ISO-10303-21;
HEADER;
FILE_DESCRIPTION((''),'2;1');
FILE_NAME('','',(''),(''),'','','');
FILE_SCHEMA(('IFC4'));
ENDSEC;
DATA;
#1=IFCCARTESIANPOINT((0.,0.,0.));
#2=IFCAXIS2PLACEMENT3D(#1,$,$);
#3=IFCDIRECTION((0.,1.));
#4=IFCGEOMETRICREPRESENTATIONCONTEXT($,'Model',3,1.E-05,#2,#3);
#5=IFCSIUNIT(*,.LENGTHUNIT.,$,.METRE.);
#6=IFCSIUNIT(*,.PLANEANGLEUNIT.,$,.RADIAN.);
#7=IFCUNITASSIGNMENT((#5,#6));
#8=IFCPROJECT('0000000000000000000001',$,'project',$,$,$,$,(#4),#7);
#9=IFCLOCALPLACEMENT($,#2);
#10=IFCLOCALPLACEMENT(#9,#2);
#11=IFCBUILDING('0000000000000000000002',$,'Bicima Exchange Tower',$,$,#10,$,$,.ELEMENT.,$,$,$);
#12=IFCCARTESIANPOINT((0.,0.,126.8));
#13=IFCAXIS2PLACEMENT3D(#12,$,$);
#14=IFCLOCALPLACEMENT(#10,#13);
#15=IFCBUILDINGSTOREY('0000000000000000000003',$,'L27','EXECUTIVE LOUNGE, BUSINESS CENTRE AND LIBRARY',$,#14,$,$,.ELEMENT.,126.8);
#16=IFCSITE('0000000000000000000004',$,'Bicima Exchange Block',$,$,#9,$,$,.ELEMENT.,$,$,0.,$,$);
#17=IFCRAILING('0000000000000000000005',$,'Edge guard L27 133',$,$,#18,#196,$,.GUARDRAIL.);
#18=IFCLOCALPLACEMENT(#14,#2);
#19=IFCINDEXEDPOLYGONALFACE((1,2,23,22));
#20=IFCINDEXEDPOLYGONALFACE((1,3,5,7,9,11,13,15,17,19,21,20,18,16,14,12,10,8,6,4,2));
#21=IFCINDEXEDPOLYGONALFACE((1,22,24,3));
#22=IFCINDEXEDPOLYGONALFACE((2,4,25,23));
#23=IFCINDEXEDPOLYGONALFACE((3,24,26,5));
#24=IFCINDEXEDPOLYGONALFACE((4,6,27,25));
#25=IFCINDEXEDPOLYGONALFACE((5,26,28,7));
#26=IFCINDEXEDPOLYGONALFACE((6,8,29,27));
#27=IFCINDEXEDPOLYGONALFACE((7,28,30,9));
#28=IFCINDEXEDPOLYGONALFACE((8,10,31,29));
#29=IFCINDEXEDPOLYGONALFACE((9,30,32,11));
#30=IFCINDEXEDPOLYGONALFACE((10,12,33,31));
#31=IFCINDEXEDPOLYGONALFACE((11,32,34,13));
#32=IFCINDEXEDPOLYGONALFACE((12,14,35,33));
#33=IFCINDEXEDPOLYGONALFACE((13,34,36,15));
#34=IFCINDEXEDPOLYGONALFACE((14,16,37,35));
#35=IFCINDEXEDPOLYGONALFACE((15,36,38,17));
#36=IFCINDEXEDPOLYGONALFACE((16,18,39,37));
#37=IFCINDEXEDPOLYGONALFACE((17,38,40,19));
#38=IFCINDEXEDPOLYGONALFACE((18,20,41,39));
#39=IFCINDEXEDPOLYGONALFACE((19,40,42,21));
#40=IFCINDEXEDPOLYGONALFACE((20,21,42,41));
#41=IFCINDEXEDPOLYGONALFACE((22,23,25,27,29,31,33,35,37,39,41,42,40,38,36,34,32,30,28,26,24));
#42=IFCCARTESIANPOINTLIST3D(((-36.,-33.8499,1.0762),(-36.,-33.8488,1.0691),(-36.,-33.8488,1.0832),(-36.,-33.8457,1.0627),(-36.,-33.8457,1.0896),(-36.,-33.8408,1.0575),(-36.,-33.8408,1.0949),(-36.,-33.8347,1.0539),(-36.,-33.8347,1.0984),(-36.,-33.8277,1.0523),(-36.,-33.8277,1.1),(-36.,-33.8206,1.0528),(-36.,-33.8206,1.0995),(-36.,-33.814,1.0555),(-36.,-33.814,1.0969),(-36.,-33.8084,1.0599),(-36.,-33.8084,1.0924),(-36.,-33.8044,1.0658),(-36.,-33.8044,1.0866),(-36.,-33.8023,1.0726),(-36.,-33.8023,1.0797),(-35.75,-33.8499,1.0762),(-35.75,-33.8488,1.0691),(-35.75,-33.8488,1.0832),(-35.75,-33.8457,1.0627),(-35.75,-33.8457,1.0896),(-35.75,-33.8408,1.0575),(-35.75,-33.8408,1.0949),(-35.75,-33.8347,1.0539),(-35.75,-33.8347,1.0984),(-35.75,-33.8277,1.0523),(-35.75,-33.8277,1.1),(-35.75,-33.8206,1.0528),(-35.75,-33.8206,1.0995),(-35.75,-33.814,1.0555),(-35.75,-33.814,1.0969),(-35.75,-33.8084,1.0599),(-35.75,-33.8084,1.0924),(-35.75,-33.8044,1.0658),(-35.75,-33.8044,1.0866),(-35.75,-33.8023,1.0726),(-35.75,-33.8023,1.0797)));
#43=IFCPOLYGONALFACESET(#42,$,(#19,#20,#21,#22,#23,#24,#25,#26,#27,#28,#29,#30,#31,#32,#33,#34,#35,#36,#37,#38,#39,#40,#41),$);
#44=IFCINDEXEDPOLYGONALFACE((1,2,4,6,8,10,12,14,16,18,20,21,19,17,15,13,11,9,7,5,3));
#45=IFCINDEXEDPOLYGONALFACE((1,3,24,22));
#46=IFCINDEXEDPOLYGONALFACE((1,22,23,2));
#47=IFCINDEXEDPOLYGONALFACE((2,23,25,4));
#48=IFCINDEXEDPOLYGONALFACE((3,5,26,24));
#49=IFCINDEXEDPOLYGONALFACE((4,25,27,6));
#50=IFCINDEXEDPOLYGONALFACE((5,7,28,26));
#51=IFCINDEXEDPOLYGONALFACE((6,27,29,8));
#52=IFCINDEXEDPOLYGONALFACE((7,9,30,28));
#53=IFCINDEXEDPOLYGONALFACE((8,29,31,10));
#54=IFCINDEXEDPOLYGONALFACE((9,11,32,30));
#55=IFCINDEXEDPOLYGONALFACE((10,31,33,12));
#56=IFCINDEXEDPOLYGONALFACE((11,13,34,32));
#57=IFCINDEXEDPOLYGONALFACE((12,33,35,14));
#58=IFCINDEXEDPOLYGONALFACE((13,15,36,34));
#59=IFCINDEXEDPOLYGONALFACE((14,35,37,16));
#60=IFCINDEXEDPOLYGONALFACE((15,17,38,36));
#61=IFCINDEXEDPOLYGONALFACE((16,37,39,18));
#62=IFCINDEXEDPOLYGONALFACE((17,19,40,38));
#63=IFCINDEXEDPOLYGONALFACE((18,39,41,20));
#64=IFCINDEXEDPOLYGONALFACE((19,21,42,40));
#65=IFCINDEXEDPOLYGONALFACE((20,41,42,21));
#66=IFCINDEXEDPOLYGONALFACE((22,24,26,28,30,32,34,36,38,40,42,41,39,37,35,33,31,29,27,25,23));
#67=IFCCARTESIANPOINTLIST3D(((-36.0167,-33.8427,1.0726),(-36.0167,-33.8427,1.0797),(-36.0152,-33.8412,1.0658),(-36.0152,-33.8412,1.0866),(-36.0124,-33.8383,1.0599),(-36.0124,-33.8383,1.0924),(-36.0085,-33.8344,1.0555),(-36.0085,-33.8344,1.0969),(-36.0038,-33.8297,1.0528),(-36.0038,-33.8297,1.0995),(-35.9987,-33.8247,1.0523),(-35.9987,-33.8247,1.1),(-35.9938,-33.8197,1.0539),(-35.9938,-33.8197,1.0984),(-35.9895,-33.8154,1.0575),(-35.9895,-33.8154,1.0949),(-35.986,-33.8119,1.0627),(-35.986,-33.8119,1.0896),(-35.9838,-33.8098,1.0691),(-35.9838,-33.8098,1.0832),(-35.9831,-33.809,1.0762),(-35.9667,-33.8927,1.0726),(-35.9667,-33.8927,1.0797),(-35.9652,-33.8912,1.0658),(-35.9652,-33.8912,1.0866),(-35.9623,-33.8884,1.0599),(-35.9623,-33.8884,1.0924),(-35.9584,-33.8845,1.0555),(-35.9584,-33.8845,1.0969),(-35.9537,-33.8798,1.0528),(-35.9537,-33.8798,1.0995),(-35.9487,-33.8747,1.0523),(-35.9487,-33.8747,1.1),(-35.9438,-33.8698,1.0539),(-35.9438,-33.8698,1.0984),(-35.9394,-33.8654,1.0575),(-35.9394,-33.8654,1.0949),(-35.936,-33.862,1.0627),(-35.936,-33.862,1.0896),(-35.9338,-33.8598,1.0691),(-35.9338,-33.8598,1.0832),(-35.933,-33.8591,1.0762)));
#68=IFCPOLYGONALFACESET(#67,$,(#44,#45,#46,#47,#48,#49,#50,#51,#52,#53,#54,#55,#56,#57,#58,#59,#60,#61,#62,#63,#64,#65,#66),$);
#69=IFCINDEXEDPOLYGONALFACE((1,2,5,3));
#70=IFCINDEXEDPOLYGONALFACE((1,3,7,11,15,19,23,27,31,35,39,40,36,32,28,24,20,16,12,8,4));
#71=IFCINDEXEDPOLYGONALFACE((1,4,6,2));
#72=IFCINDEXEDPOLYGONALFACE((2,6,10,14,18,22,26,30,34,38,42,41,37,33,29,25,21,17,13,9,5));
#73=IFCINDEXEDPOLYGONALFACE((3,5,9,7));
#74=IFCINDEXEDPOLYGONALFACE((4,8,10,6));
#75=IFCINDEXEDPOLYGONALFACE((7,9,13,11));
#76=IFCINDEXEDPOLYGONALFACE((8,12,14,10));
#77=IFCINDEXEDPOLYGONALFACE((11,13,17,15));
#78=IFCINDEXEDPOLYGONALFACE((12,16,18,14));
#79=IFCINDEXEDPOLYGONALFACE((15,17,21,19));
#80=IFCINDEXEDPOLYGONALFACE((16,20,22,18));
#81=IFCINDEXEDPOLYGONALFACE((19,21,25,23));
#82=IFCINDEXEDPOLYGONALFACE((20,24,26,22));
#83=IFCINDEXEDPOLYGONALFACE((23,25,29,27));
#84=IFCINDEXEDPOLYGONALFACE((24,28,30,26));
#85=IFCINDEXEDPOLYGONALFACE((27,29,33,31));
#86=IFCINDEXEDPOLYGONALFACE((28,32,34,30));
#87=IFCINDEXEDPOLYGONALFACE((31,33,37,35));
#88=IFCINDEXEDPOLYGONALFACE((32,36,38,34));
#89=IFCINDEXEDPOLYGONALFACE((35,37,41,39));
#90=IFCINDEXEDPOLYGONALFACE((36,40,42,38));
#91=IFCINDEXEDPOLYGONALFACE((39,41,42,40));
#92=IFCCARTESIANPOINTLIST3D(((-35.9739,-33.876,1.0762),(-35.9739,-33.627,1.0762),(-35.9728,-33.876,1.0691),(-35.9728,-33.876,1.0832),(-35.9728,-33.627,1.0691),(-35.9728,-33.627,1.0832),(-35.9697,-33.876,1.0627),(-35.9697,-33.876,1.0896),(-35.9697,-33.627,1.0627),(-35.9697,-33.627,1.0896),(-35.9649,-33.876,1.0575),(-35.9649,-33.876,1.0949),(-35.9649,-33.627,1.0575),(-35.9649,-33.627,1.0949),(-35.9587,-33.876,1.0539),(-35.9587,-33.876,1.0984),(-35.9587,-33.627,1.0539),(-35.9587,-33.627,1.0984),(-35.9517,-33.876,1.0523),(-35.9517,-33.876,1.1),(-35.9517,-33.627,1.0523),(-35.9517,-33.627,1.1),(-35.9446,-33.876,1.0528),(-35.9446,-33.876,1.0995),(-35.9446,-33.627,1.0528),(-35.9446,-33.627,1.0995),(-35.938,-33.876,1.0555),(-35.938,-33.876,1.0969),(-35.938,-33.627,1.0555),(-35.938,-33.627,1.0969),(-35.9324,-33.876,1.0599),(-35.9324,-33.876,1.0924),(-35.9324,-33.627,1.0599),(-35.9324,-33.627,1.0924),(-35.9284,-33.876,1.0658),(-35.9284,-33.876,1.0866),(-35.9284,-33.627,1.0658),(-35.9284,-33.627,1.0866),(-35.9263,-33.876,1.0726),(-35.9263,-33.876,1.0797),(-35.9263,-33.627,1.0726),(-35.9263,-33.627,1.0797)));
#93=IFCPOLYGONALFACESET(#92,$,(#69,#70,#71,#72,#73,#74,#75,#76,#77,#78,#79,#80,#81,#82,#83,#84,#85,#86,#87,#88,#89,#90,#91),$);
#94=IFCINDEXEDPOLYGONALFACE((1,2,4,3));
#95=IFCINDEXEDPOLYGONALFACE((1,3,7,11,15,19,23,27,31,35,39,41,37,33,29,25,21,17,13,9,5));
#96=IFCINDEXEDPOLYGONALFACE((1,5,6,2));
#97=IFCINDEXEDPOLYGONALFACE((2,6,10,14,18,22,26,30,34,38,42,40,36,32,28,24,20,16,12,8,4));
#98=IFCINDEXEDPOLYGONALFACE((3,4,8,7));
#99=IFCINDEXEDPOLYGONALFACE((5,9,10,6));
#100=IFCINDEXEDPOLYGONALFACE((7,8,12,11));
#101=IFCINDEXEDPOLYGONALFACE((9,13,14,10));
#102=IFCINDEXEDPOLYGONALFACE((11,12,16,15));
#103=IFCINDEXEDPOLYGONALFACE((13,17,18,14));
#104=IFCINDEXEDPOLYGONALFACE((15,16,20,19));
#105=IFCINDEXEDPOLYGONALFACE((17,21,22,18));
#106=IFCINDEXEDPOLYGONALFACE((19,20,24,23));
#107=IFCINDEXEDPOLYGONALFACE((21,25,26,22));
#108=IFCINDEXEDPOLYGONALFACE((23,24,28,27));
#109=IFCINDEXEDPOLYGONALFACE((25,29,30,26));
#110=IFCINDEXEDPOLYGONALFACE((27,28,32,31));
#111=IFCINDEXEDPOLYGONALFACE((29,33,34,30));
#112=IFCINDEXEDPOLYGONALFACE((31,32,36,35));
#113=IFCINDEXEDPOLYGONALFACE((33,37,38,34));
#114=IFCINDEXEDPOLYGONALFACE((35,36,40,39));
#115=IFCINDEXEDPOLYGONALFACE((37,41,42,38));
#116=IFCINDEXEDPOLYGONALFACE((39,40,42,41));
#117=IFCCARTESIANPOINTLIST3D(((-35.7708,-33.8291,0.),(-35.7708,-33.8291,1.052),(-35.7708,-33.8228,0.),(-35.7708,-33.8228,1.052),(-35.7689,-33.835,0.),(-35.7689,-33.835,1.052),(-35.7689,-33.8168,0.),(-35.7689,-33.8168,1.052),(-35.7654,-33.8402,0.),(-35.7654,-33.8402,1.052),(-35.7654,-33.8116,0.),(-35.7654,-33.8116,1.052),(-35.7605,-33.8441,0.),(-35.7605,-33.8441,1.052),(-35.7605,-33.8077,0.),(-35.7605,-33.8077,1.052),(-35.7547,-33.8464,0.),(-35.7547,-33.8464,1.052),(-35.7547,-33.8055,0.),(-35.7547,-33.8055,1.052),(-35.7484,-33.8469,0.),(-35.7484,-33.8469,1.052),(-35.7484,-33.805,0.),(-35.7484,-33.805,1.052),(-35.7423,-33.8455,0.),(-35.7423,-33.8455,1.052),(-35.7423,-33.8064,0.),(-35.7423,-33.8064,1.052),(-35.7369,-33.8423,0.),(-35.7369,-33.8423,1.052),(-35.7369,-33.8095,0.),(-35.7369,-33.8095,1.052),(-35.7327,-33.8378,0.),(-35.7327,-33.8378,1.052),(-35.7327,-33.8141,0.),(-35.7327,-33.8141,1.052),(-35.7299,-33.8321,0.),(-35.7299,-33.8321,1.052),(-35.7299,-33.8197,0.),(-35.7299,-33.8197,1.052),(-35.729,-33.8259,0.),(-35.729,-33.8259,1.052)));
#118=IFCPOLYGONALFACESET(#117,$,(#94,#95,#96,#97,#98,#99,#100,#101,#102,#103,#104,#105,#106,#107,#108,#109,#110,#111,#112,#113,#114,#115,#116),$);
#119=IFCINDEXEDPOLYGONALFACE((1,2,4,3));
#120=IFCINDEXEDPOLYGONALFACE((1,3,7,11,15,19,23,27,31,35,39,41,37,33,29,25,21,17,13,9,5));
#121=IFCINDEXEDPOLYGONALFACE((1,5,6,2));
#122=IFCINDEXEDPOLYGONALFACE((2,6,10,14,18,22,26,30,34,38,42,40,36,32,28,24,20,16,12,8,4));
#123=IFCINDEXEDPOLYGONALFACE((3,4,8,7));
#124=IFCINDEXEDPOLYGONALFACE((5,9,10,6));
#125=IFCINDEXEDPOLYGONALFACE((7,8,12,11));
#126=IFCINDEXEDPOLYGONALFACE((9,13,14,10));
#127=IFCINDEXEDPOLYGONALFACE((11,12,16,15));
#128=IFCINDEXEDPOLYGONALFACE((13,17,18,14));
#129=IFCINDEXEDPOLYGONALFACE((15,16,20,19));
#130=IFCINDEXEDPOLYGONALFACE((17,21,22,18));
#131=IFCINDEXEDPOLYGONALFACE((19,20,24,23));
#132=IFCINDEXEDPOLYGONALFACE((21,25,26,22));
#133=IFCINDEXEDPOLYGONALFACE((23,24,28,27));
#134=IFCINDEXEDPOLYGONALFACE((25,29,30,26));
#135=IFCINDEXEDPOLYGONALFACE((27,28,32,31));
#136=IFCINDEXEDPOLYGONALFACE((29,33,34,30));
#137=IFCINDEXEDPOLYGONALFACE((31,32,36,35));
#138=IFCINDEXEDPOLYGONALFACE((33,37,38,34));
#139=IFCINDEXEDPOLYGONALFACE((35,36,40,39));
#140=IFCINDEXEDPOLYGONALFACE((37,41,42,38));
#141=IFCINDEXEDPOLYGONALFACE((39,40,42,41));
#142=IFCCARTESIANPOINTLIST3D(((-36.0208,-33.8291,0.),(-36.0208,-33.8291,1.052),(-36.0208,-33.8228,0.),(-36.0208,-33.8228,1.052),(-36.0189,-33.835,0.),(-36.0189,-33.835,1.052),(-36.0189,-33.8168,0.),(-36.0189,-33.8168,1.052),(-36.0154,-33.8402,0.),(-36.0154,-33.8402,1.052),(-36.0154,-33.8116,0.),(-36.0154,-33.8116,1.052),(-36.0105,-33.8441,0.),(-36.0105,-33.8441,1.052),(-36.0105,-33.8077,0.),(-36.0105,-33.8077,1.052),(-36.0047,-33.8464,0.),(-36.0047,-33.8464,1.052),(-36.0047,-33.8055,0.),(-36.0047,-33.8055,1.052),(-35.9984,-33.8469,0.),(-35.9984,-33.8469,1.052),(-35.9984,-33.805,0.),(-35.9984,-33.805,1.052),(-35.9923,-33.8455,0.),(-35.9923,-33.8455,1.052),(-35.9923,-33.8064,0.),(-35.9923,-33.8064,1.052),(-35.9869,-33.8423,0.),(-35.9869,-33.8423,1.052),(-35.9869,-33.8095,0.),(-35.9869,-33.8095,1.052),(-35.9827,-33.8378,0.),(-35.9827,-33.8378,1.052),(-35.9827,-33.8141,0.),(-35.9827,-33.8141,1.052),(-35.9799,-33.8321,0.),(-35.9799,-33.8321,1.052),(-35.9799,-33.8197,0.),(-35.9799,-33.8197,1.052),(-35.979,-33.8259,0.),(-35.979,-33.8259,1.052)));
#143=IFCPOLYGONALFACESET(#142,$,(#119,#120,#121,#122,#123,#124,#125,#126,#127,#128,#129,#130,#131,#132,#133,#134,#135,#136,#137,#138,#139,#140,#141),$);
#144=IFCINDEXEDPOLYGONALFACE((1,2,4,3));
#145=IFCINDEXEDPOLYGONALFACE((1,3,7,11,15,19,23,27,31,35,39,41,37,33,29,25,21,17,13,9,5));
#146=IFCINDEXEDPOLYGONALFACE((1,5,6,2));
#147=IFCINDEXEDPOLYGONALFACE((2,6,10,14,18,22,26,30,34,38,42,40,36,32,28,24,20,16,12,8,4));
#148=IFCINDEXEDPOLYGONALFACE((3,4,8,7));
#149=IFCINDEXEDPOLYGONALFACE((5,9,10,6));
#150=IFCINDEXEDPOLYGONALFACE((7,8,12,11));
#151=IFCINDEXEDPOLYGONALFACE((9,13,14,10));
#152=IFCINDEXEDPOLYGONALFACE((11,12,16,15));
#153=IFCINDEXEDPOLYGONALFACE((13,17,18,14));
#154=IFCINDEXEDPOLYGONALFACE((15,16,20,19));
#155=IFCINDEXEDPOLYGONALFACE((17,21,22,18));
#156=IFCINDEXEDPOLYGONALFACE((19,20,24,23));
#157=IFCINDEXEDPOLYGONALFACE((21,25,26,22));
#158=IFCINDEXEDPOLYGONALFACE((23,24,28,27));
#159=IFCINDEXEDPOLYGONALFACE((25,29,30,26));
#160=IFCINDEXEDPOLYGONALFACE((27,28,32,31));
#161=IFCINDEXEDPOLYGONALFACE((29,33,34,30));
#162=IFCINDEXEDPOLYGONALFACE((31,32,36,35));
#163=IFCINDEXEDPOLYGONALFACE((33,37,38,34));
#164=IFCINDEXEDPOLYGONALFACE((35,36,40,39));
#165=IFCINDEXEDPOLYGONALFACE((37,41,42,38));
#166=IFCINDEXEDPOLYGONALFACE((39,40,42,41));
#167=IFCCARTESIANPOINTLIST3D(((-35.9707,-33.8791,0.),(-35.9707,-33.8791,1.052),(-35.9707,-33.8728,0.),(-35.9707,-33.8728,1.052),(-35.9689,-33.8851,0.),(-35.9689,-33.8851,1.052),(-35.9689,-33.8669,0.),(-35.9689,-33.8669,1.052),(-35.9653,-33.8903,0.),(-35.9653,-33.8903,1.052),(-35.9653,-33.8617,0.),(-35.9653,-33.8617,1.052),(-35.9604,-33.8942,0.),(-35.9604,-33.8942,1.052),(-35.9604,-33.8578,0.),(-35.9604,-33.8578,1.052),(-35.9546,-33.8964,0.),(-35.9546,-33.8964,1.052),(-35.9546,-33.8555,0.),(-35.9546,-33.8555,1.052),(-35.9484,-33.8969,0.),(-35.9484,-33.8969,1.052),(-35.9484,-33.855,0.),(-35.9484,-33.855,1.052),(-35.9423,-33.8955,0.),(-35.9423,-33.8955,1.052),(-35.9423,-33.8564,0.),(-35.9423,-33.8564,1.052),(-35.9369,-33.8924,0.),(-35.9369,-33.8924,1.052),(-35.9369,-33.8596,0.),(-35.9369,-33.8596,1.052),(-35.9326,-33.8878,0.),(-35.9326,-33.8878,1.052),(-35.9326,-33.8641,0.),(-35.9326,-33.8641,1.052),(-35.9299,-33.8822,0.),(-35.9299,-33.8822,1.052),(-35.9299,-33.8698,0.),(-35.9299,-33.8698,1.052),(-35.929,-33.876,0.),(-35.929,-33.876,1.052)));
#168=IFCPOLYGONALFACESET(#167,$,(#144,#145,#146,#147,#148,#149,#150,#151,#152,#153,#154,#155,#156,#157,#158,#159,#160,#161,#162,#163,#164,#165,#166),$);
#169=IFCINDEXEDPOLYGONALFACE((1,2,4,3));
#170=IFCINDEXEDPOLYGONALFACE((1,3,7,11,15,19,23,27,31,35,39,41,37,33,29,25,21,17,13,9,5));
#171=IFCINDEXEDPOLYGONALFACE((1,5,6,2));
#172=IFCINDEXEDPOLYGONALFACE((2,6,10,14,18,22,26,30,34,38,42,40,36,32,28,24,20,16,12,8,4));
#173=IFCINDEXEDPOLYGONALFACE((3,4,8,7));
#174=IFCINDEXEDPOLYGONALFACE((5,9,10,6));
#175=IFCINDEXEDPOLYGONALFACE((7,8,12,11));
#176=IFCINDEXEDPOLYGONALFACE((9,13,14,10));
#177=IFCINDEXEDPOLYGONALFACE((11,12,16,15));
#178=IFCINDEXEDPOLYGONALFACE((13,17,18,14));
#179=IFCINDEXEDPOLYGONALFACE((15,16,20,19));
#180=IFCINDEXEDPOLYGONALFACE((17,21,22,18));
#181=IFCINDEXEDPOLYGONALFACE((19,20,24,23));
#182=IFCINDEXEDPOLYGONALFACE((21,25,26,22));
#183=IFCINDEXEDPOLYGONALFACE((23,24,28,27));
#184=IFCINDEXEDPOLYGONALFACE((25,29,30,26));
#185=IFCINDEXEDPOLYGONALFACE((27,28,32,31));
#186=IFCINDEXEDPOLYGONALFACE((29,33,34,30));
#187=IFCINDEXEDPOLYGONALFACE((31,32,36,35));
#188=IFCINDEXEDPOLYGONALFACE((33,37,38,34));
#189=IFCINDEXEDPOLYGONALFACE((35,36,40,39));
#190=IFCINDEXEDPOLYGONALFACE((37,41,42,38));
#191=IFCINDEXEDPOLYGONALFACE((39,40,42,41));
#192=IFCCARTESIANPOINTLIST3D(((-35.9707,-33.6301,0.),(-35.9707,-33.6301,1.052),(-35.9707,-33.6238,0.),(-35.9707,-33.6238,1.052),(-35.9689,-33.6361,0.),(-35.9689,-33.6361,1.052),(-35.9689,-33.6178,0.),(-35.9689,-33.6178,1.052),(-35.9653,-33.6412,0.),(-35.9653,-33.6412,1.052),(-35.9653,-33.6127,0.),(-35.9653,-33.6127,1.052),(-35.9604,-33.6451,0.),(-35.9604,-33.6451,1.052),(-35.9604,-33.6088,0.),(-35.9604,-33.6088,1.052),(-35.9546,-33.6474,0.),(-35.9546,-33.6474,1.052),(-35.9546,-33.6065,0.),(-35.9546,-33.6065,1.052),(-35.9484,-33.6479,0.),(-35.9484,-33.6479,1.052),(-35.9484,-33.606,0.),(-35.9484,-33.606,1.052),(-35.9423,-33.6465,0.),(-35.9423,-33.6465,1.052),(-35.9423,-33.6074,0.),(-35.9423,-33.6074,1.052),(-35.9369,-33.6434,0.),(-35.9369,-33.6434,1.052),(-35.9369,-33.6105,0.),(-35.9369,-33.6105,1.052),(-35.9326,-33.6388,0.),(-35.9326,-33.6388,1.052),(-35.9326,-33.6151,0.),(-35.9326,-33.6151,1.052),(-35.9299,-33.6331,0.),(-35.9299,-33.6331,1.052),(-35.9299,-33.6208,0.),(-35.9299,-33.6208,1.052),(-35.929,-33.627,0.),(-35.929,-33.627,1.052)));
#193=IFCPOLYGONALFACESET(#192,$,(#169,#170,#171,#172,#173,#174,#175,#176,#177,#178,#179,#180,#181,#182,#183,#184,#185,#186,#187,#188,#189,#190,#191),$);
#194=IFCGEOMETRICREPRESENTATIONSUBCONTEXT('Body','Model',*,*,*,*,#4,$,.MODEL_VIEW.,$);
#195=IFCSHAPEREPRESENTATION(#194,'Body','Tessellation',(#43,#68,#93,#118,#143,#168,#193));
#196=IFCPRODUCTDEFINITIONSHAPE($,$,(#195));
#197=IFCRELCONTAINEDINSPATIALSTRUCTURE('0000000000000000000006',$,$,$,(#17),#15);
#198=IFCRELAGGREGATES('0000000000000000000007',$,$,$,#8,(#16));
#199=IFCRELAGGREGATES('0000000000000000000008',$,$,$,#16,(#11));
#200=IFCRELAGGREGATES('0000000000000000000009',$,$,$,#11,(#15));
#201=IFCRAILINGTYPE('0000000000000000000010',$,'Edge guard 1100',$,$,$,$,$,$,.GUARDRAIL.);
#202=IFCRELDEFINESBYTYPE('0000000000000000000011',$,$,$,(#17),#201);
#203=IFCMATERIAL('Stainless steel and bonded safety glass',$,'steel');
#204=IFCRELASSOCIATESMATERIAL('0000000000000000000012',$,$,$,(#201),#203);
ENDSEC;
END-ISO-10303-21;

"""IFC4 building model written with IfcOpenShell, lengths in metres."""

from ifc_helpers import new_model, si_unit, direction, frame, origin, origin_2d, place, context, subcontext, project, spatial, circle, extrude, material, type_object, element, save


model = new_model("IFC4")

# Units and contexts
model_context = context("Model", 3, precision=1e-05, world=origin(), true_north=direction((0.0, 1.0)))
body_context = subcontext(model_context, "Body", "Model", "MODEL_VIEW")
ifc_project = project(units=[si_unit("LENGTHUNIT", "METRE"), si_unit("PLANEANGLEUNIT", "RADIAN")], contexts=[model_context])

# Site, building, storey
site_placement = place(None, origin())
site = spatial("IfcSite", under=ifc_project, at=site_placement, Name="Bicima Exchange Block", CompositionType="ELEMENT", RefElevation=0.0)
building_placement = place(site_placement, origin())
building = spatial("IfcBuilding", under=site, at=building_placement, Name="Bicima Exchange Tower", CompositionType="ELEMENT")
storey_placement = place(building_placement, frame((0.0, 0.0, 126.8)))
storey = spatial("IfcBuildingStorey", under=building, at=storey_placement, Name="L27", Description="EXECUTIVE LOUNGE, BUSINESS CENTRE AND LIBRARY", CompositionType="ELEMENT", Elevation=126.8)

# Railing
ifc_material_1 = material(Name="Stainless steel and bonded safety glass", Category="steel")
railing_type = type_object("IfcRailingType", Name="Edge guard 1100", PredefinedType="GUARDRAIL", material=ifc_material_1)
railing_1_placement = place(storey_placement, frame((-35.75, -33.8259, 0.0)))
element("IfcRailing", 1, at=railing_1_placement, inside=storey, type_object=railing_type, Name="Edge guard L27 133", PredefinedType="GUARDRAIL", context=body_context, shape_type="SweptSolid", body=[
    extrude(circle(Radius=0.0239, at=origin_2d()), frame((0.0, 0.0, 1.0762), z_axis=(-1.0, 0.0, 0.0), x_axis=(0.0, -1.0, 0.0)), (0.0, 0.0, 1.0), 0.25),
    extrude(circle(Radius=0.0239, at=origin_2d()), frame((-0.25, 0.0, 1.0762), z_axis=(0.707107, -0.707107, 0.0), x_axis=(0.707107, 0.707107, 0.0)), (0.0, 0.0, 1.0), 0.0708),
    extrude(circle(Radius=0.0239, at=origin_2d()), frame((-0.2, -0.05, 1.0762), z_axis=(0.0, 1.0, 0.0), x_axis=(-1.0, 0.0, 0.0)), (0.0, 0.0, 1.0), 0.249),
    extrude(circle(Radius=0.021, at=origin_2d()), origin(), (0.0, 0.0, 1.0), 1.052),
    extrude(circle(Radius=0.021, at=origin_2d()), frame((-0.25, 0.0, 0.0)), (0.0, 0.0, 1.0), 1.052),
    extrude(circle(Radius=0.021, at=origin_2d()), frame((-0.2, -0.05, 0.0)), (0.0, 0.0, 1.0), 1.052),
    extrude(circle(Radius=0.021, at=origin_2d()), frame((-0.2, 0.199, 0.0)), (0.0, 0.0, 1.0), 1.052),
])

save(model, "model.ifc")
